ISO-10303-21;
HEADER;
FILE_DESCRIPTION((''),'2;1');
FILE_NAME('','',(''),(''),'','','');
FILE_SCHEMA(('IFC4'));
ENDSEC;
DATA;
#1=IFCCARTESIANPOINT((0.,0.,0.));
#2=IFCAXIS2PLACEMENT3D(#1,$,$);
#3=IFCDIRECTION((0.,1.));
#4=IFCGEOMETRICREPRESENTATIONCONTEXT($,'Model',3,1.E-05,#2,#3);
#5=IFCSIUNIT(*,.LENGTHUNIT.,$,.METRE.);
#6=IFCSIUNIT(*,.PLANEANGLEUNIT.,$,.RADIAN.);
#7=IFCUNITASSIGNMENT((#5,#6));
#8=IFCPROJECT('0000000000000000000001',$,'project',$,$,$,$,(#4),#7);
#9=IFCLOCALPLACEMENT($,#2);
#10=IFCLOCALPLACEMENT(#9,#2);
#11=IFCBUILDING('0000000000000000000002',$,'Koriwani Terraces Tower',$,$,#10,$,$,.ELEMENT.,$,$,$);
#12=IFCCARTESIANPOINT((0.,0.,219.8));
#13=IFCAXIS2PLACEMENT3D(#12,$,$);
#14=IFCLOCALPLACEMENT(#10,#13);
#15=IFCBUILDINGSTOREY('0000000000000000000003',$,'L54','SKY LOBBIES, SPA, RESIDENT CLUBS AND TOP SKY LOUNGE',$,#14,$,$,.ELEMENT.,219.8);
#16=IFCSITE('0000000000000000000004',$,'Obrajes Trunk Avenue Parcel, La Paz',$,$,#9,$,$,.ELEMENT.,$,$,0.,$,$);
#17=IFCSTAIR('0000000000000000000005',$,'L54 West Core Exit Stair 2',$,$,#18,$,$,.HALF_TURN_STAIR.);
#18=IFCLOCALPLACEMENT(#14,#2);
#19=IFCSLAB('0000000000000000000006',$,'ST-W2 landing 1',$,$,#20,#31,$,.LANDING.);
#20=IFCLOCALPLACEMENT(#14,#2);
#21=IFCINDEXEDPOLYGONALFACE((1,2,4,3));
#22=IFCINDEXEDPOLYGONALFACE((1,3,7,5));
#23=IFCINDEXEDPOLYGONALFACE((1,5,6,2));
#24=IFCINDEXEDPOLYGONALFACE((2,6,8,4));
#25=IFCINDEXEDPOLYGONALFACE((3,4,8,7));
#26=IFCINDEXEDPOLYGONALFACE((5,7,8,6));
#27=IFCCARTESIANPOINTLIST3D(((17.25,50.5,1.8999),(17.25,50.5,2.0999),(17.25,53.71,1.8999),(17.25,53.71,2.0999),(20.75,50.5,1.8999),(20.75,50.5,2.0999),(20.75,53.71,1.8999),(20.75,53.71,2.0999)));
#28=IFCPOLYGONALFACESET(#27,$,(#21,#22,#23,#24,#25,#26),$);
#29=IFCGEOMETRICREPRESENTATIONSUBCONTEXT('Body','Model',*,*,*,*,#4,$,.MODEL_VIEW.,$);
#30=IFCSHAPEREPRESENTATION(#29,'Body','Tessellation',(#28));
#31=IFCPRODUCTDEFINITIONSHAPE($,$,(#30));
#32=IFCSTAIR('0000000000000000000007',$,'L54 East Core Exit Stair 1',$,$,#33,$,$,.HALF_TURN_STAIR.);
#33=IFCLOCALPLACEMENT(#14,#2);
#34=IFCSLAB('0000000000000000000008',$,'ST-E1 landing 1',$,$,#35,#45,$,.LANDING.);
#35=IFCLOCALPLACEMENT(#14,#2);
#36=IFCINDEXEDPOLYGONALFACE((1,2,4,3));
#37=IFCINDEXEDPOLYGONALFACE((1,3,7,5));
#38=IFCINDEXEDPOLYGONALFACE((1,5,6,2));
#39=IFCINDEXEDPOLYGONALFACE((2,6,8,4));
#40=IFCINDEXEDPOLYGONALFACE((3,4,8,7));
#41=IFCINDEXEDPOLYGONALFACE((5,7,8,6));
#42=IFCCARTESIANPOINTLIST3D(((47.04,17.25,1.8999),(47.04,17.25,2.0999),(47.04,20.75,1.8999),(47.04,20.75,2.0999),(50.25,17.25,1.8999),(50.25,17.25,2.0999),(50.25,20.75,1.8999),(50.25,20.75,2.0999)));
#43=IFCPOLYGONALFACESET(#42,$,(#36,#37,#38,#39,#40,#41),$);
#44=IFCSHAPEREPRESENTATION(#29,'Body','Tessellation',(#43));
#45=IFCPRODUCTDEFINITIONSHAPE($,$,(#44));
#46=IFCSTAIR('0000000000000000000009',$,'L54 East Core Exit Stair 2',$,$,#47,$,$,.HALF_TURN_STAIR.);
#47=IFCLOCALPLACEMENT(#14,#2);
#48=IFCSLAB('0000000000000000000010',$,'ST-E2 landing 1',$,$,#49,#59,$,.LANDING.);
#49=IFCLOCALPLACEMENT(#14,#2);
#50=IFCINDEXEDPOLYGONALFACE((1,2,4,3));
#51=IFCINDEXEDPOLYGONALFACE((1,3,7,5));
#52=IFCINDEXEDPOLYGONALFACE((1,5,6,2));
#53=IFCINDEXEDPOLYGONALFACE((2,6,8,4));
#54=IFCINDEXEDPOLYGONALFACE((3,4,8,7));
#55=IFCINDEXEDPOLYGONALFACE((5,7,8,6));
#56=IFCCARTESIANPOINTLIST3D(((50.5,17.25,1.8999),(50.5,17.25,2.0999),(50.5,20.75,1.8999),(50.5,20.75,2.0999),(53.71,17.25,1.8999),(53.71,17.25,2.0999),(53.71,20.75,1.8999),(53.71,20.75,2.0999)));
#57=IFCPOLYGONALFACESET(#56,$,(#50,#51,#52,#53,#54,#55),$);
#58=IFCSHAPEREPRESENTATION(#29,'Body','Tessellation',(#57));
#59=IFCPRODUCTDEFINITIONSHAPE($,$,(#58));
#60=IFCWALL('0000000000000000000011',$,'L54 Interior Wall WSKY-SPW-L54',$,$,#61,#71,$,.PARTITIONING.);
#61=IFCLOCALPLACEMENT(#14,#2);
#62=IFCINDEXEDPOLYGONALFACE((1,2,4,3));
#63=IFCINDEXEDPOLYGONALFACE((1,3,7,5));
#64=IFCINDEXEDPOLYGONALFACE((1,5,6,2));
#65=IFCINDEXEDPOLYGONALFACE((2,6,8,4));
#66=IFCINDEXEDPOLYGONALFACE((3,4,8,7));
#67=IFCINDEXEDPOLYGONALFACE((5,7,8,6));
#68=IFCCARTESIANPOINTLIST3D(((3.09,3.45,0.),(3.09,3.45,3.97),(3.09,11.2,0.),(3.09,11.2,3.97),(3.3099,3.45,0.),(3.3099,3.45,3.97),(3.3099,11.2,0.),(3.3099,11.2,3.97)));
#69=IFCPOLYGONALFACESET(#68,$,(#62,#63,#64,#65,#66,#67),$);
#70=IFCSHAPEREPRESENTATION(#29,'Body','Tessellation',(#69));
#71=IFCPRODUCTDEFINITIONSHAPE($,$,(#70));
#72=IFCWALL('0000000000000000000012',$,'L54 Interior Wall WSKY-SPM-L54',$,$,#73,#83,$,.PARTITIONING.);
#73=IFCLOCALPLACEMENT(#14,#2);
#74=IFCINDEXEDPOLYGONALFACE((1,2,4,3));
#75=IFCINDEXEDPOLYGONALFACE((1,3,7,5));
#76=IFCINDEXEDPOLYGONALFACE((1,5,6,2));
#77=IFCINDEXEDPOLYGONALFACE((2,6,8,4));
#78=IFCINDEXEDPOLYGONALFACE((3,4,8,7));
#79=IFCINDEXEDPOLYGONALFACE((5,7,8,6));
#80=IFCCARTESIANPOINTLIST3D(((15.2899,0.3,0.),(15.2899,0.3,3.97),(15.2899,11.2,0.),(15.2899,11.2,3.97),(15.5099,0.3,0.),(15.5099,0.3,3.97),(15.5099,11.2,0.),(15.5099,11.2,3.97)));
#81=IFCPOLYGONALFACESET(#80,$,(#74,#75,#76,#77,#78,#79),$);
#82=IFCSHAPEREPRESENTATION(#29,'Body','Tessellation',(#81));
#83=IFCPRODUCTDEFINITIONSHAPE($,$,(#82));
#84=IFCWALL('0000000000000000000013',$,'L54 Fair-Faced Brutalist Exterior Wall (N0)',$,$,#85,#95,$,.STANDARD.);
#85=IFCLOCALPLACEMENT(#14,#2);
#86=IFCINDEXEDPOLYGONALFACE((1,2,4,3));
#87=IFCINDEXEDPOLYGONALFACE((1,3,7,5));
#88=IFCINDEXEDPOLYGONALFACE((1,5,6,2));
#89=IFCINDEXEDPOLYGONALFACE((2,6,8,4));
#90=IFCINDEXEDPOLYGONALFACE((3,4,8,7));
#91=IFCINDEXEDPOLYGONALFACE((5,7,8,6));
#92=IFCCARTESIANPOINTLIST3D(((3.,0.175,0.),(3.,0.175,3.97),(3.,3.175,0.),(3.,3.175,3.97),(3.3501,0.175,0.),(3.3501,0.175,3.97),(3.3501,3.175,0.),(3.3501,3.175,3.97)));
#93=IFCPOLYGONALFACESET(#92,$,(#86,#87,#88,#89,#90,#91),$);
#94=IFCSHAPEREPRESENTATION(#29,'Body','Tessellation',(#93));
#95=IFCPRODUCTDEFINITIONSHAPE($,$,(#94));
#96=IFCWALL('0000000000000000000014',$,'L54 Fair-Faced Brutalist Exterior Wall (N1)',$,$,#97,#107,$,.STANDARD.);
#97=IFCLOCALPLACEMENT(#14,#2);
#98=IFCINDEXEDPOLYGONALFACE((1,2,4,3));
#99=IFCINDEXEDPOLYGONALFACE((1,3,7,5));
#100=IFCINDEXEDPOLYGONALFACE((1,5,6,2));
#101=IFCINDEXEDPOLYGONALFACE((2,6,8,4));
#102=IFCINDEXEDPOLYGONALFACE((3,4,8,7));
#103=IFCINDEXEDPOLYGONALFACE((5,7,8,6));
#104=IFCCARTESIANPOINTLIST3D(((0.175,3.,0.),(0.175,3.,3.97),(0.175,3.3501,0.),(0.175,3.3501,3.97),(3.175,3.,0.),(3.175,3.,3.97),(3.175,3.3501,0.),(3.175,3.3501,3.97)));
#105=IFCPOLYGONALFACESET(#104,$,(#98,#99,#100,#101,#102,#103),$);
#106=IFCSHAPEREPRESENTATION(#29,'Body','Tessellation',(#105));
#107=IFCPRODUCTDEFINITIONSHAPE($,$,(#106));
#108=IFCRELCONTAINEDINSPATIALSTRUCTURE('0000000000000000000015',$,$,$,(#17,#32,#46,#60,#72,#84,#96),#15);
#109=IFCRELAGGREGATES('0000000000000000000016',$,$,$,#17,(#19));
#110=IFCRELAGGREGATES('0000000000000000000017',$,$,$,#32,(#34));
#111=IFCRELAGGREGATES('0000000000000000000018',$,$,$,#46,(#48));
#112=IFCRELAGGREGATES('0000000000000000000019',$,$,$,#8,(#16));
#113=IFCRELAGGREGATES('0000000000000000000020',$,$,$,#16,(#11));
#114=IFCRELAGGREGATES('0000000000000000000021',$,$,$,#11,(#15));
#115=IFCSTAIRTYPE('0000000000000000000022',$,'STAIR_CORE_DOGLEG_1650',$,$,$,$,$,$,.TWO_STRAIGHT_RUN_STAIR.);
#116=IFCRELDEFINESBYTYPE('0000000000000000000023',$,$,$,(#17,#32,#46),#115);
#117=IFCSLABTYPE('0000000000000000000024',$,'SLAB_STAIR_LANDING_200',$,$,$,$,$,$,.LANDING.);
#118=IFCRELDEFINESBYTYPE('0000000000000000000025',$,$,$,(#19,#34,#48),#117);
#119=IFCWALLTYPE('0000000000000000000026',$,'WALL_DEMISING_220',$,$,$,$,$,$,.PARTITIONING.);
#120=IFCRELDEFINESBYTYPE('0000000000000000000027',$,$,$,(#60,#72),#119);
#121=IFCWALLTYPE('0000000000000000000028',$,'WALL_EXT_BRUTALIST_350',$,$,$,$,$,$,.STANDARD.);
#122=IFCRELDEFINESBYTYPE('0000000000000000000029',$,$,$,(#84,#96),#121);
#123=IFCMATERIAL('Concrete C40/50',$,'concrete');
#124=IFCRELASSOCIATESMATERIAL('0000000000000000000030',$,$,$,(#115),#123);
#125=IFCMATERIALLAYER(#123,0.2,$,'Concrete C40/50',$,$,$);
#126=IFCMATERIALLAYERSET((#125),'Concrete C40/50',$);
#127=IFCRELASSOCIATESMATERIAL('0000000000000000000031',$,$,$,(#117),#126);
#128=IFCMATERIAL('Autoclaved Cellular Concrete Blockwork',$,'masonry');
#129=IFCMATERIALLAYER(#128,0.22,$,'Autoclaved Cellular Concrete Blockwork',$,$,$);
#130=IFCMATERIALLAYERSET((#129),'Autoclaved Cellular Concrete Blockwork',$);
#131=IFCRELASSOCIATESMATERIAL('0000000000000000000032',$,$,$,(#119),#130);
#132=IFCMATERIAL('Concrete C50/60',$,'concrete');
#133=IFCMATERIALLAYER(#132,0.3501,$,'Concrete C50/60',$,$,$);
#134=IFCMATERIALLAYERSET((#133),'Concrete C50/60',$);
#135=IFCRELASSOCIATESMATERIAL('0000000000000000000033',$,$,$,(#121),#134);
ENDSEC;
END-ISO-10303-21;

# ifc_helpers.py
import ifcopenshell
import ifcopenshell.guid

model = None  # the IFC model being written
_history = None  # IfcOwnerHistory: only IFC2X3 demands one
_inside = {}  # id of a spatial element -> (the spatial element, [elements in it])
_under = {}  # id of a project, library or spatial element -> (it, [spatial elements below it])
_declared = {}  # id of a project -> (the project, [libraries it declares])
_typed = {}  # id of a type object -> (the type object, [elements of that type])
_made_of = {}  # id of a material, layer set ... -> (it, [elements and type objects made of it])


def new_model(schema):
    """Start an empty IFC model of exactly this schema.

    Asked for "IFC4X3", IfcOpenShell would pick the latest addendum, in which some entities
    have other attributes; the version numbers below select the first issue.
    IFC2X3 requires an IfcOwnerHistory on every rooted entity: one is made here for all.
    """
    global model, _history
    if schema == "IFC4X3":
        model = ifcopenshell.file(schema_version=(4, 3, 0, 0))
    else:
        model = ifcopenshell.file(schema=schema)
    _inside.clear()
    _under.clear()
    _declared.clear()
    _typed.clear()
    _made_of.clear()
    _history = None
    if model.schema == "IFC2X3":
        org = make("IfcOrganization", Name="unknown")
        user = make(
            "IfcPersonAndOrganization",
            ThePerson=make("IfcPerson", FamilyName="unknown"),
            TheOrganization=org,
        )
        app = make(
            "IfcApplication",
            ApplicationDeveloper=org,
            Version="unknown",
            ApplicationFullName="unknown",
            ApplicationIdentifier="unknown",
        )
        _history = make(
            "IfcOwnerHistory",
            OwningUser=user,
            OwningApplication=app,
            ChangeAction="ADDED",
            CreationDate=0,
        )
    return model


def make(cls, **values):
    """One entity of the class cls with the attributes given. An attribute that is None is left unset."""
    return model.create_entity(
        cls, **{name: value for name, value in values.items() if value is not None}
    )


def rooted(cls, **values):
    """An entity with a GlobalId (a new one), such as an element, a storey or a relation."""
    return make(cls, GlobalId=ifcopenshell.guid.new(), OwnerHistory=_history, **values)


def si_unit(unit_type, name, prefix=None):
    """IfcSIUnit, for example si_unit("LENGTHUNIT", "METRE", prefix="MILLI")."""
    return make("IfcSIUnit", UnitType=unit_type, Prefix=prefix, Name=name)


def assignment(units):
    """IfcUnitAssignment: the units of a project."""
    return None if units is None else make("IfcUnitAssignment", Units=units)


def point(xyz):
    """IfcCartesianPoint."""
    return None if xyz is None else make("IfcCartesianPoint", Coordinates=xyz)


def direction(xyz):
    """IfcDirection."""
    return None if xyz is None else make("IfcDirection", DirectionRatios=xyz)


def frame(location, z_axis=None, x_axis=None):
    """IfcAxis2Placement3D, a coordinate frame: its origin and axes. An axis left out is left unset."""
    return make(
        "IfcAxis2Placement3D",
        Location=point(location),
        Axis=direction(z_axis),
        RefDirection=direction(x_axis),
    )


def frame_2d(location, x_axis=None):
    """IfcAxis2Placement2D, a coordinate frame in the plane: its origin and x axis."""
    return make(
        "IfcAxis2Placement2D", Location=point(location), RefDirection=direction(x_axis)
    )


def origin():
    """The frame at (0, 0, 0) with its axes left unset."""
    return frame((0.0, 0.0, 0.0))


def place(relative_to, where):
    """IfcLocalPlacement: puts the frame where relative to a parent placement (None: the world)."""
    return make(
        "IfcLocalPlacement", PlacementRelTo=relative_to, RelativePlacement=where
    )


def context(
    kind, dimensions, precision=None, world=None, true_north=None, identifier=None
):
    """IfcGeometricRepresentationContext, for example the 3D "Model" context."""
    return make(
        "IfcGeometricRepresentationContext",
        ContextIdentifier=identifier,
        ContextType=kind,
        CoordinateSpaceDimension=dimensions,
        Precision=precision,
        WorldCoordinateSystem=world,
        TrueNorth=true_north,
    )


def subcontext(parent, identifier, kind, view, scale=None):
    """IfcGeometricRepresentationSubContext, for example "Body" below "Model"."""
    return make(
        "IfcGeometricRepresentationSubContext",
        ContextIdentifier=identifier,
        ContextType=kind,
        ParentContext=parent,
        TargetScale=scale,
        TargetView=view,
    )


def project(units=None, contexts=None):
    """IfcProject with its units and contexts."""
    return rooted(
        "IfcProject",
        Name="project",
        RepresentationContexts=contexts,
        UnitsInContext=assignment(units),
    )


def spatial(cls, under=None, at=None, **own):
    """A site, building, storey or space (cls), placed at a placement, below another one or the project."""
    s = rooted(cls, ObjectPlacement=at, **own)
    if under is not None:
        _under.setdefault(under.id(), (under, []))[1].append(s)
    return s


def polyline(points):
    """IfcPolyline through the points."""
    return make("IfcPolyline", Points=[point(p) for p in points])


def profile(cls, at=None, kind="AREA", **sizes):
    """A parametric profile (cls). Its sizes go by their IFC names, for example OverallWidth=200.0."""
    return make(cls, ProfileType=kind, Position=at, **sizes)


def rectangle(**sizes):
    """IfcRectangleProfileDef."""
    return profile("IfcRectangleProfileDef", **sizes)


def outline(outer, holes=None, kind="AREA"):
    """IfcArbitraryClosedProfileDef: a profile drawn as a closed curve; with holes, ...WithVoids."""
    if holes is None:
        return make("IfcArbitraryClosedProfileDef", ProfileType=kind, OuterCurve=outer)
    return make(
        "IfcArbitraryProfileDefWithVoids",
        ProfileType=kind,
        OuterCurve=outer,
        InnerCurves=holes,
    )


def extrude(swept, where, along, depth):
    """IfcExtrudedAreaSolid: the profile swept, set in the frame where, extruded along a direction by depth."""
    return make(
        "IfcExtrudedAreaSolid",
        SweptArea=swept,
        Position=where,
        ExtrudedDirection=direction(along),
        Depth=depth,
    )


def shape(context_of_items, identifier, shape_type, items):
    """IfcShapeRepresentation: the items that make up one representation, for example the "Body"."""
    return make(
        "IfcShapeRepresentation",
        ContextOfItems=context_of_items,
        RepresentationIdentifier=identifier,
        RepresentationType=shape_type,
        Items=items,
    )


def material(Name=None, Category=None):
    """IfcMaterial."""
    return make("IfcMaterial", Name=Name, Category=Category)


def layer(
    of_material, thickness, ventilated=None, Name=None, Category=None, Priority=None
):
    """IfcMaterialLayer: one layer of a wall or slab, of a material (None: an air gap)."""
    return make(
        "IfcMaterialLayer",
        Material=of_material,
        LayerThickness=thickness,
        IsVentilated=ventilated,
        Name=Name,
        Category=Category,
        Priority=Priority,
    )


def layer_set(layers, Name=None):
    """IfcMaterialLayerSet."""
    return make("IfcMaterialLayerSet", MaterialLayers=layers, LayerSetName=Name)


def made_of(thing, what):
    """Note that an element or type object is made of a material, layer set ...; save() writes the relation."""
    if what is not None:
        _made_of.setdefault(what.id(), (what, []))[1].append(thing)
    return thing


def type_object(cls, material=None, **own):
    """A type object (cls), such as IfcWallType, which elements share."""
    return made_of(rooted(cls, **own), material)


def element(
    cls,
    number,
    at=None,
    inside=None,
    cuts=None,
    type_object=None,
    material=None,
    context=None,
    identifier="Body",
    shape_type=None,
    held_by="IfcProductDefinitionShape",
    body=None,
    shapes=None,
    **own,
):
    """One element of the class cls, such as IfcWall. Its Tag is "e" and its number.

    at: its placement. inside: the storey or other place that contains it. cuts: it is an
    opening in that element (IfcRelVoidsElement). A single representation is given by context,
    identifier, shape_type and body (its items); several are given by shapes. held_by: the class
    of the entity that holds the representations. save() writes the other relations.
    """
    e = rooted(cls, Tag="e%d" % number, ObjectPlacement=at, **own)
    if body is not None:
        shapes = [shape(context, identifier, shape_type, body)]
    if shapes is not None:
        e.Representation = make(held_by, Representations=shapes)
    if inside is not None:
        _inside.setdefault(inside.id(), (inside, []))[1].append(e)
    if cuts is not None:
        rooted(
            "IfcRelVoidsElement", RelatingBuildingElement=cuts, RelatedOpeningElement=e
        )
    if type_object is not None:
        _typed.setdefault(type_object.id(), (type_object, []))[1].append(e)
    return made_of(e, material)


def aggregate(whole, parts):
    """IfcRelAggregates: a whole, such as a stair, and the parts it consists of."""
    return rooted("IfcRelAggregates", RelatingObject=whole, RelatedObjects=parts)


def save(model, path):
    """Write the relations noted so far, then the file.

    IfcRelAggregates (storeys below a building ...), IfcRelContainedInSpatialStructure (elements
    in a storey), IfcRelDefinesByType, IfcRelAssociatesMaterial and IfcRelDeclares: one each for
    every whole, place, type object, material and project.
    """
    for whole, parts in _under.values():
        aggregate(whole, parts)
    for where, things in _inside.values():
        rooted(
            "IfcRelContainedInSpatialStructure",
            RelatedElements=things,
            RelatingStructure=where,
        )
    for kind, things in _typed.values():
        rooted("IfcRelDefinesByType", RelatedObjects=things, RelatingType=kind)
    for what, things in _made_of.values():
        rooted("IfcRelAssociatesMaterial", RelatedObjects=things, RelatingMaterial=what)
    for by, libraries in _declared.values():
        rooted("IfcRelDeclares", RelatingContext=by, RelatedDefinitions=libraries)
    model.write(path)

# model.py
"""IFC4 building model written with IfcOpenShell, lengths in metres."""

from ifc_helpers import new_model, si_unit, direction, frame, frame_2d, origin, place, context, subcontext, project, spatial, polyline, rectangle, outline, extrude, material, layer, layer_set, type_object, element, aggregate, save


model = new_model("IFC4")

# Units and contexts
model_context = context("Model", 3, precision=1e-05, world=origin(), true_north=direction((0.0, 1.0)))
body_context = subcontext(model_context, "Body", "Model", "MODEL_VIEW")
ifc_project = project(units=[si_unit("LENGTHUNIT", "METRE"), si_unit("PLANEANGLEUNIT", "RADIAN")], contexts=[model_context])

# Site, building, storey
site_placement = place(None, origin())
site = spatial("IfcSite", under=ifc_project, at=site_placement, Name="Obrajes Trunk Avenue Parcel, La Paz", CompositionType="ELEMENT", RefElevation=0.0)
building_placement = place(site_placement, origin())
building = spatial("IfcBuilding", under=site, at=building_placement, Name="Koriwani Terraces Tower", CompositionType="ELEMENT")
storey_placement = place(building_placement, frame((0.0, 0.0, 219.8)))
storey = spatial("IfcBuildingStorey", under=building, at=storey_placement, Name="L54", Description="SKY LOBBIES, SPA, RESIDENT CLUBS AND TOP SKY LOUNGE", CompositionType="ELEMENT", Elevation=219.8)

# Shared definitions
ifc_material_1 = material(Name="Concrete C50/60", Category="concrete")

# Shared definitions
ifc_material_2 = material(Name="Concrete C40/50", Category="concrete")

# Stairs, slabs
stair_type = type_object("IfcStairType", Name="STAIR_CORE_DOGLEG_1650", PredefinedType="TWO_STRAIGHT_RUN_STAIR", material=ifc_material_2)
ifc_layer_1 = layer(ifc_material_2, 0.2, Name="Concrete C40/50")
ifc_layer_set_1 = layer_set([ifc_layer_1], Name="Concrete C40/50")
slab_type_1 = type_object("IfcSlabType", Name="SLAB_STAIR_LANDING_200", PredefinedType="LANDING", material=ifc_layer_set_1)
stair_1_placement = place(storey_placement, origin())
stair_1 = element("IfcStair", 1, at=stair_1_placement, inside=storey, type_object=stair_type, Name="L54 West Core Exit Stair 2", PredefinedType="HALF_TURN_STAIR")
slab_1_placement = place(storey_placement, frame((0.0, 0.0, 1.8999)))
slab_1 = element("IfcSlab", 2, at=slab_1_placement, type_object=slab_type_1, Name="ST-W2 landing 1", PredefinedType="LANDING", context=body_context, shape_type="SweptSolid", body=[
    extrude(outline(polyline([(17.25, 53.71), (17.25, 50.5), (20.75, 50.5), (20.75, 53.71), (17.25, 53.71)])), origin(), (0.0, 0.0, 1.0), 0.2),
])
aggregate(stair_1, [slab_1])
stair_2_placement = place(storey_placement, origin())
stair_2 = element("IfcStair", 3, at=stair_2_placement, inside=storey, type_object=stair_type, Name="L54 East Core Exit Stair 1", PredefinedType="HALF_TURN_STAIR")
slab_2_placement = place(storey_placement, frame((0.0, 0.0, 1.8999)))
slab_2 = element("IfcSlab", 4, at=slab_2_placement, type_object=slab_type_1, Name="ST-E1 landing 1", PredefinedType="LANDING", context=body_context, shape_type="SweptSolid", body=[
    extrude(outline(polyline([(47.04, 17.25), (50.25, 17.25), (50.25, 20.75), (47.04, 20.75), (47.04, 17.25)])), origin(), (0.0, 0.0, 1.0), 0.2),
])
aggregate(stair_2, [slab_2])
stair_3_placement = place(storey_placement, origin())
stair_3 = element("IfcStair", 5, at=stair_3_placement, inside=storey, type_object=stair_type, Name="L54 East Core Exit Stair 2", PredefinedType="HALF_TURN_STAIR")
slab_3_placement = place(storey_placement, frame((0.0, 0.0, 1.8999)))
slab_3 = element("IfcSlab", 6, at=slab_3_placement, type_object=slab_type_1, Name="ST-E2 landing 1", PredefinedType="LANDING", context=body_context, shape_type="SweptSolid", body=[
    extrude(outline(polyline([(53.71, 20.75), (50.5, 20.75), (50.5, 17.25), (53.71, 17.25), (53.71, 20.75)])), origin(), (0.0, 0.0, 1.0), 0.2),
])
aggregate(stair_3, [slab_3])

# Walls
ifc_material_3 = material(Name="Autoclaved Cellular Concrete Blockwork", Category="masonry")
ifc_layer_2 = layer(ifc_material_3, 0.22, Name="Autoclaved Cellular Concrete Blockwork")
ifc_layer_set_2 = layer_set([ifc_layer_2], Name="Autoclaved Cellular Concrete Blockwork")
wall_type_1 = type_object("IfcWallType", Name="WALL_DEMISING_220", PredefinedType="PARTITIONING", material=ifc_layer_set_2)
wall_1_placement = place(storey_placement, frame((3.2, 3.45, 0.0), z_axis=(0.0, 0.0, 1.0), x_axis=(0.0, 1.0, 0.0)))
element("IfcWall", 7, at=wall_1_placement, inside=storey, type_object=wall_type_1, Name="L54 Interior Wall WSKY-SPW-L54", PredefinedType="PARTITIONING", context=body_context, shape_type="SweptSolid", body=[
    extrude(rectangle(XDim=7.75, YDim=0.22, at=frame_2d((3.875, 0.0))), origin(), (0.0, 0.0, 1.0), 3.97),
])
wall_2_placement = place(storey_placement, frame((15.3999, 0.3, 0.0), z_axis=(0.0, 0.0, 1.0), x_axis=(0.0, 1.0, 0.0)))
element("IfcWall", 8, at=wall_2_placement, inside=storey, type_object=wall_type_1, Name="L54 Interior Wall WSKY-SPM-L54", PredefinedType="PARTITIONING", context=body_context, shape_type="SweptSolid", body=[
    extrude(rectangle(XDim=10.8999, YDim=0.22, at=frame_2d((5.45, 0.0))), origin(), (0.0, 0.0, 1.0), 3.97),
])
ifc_layer_3 = layer(ifc_material_1, 0.3501, Name="Concrete C50/60")
ifc_layer_set_3 = layer_set([ifc_layer_3], Name="Concrete C50/60")
wall_type_2 = type_object("IfcWallType", Name="WALL_EXT_BRUTALIST_350", PredefinedType="STANDARD", material=ifc_layer_set_3)
for number, where, z_axis, x_axis, name in (
    (9, (3.175, 0.175, 0.0), (0.0, 0.0, 1.0), (0.0, 1.0, 0.0), "L54 Fair-Faced Brutalist Exterior Wall (N0)"),
    (10, (3.175, 3.175, 0.0), (0.0, 0.0, 1.0), (-1.0, 0.0, 0.0), "L54 Fair-Faced Brutalist Exterior Wall (N1)"),
):
    element("IfcWall", number, at=place(storey_placement, frame(where, z_axis=z_axis, x_axis=x_axis)), inside=storey, type_object=wall_type_2, Name=name, PredefinedType="STANDARD", context=body_context, shape_type="SweptSolid", body=[
        extrude(rectangle(XDim=3.0, YDim=0.3501, at=frame_2d((1.5, 0.0))), origin(), (0.0, 0.0, 1.0), 3.97),
    ])

save(model, "model.ifc")
